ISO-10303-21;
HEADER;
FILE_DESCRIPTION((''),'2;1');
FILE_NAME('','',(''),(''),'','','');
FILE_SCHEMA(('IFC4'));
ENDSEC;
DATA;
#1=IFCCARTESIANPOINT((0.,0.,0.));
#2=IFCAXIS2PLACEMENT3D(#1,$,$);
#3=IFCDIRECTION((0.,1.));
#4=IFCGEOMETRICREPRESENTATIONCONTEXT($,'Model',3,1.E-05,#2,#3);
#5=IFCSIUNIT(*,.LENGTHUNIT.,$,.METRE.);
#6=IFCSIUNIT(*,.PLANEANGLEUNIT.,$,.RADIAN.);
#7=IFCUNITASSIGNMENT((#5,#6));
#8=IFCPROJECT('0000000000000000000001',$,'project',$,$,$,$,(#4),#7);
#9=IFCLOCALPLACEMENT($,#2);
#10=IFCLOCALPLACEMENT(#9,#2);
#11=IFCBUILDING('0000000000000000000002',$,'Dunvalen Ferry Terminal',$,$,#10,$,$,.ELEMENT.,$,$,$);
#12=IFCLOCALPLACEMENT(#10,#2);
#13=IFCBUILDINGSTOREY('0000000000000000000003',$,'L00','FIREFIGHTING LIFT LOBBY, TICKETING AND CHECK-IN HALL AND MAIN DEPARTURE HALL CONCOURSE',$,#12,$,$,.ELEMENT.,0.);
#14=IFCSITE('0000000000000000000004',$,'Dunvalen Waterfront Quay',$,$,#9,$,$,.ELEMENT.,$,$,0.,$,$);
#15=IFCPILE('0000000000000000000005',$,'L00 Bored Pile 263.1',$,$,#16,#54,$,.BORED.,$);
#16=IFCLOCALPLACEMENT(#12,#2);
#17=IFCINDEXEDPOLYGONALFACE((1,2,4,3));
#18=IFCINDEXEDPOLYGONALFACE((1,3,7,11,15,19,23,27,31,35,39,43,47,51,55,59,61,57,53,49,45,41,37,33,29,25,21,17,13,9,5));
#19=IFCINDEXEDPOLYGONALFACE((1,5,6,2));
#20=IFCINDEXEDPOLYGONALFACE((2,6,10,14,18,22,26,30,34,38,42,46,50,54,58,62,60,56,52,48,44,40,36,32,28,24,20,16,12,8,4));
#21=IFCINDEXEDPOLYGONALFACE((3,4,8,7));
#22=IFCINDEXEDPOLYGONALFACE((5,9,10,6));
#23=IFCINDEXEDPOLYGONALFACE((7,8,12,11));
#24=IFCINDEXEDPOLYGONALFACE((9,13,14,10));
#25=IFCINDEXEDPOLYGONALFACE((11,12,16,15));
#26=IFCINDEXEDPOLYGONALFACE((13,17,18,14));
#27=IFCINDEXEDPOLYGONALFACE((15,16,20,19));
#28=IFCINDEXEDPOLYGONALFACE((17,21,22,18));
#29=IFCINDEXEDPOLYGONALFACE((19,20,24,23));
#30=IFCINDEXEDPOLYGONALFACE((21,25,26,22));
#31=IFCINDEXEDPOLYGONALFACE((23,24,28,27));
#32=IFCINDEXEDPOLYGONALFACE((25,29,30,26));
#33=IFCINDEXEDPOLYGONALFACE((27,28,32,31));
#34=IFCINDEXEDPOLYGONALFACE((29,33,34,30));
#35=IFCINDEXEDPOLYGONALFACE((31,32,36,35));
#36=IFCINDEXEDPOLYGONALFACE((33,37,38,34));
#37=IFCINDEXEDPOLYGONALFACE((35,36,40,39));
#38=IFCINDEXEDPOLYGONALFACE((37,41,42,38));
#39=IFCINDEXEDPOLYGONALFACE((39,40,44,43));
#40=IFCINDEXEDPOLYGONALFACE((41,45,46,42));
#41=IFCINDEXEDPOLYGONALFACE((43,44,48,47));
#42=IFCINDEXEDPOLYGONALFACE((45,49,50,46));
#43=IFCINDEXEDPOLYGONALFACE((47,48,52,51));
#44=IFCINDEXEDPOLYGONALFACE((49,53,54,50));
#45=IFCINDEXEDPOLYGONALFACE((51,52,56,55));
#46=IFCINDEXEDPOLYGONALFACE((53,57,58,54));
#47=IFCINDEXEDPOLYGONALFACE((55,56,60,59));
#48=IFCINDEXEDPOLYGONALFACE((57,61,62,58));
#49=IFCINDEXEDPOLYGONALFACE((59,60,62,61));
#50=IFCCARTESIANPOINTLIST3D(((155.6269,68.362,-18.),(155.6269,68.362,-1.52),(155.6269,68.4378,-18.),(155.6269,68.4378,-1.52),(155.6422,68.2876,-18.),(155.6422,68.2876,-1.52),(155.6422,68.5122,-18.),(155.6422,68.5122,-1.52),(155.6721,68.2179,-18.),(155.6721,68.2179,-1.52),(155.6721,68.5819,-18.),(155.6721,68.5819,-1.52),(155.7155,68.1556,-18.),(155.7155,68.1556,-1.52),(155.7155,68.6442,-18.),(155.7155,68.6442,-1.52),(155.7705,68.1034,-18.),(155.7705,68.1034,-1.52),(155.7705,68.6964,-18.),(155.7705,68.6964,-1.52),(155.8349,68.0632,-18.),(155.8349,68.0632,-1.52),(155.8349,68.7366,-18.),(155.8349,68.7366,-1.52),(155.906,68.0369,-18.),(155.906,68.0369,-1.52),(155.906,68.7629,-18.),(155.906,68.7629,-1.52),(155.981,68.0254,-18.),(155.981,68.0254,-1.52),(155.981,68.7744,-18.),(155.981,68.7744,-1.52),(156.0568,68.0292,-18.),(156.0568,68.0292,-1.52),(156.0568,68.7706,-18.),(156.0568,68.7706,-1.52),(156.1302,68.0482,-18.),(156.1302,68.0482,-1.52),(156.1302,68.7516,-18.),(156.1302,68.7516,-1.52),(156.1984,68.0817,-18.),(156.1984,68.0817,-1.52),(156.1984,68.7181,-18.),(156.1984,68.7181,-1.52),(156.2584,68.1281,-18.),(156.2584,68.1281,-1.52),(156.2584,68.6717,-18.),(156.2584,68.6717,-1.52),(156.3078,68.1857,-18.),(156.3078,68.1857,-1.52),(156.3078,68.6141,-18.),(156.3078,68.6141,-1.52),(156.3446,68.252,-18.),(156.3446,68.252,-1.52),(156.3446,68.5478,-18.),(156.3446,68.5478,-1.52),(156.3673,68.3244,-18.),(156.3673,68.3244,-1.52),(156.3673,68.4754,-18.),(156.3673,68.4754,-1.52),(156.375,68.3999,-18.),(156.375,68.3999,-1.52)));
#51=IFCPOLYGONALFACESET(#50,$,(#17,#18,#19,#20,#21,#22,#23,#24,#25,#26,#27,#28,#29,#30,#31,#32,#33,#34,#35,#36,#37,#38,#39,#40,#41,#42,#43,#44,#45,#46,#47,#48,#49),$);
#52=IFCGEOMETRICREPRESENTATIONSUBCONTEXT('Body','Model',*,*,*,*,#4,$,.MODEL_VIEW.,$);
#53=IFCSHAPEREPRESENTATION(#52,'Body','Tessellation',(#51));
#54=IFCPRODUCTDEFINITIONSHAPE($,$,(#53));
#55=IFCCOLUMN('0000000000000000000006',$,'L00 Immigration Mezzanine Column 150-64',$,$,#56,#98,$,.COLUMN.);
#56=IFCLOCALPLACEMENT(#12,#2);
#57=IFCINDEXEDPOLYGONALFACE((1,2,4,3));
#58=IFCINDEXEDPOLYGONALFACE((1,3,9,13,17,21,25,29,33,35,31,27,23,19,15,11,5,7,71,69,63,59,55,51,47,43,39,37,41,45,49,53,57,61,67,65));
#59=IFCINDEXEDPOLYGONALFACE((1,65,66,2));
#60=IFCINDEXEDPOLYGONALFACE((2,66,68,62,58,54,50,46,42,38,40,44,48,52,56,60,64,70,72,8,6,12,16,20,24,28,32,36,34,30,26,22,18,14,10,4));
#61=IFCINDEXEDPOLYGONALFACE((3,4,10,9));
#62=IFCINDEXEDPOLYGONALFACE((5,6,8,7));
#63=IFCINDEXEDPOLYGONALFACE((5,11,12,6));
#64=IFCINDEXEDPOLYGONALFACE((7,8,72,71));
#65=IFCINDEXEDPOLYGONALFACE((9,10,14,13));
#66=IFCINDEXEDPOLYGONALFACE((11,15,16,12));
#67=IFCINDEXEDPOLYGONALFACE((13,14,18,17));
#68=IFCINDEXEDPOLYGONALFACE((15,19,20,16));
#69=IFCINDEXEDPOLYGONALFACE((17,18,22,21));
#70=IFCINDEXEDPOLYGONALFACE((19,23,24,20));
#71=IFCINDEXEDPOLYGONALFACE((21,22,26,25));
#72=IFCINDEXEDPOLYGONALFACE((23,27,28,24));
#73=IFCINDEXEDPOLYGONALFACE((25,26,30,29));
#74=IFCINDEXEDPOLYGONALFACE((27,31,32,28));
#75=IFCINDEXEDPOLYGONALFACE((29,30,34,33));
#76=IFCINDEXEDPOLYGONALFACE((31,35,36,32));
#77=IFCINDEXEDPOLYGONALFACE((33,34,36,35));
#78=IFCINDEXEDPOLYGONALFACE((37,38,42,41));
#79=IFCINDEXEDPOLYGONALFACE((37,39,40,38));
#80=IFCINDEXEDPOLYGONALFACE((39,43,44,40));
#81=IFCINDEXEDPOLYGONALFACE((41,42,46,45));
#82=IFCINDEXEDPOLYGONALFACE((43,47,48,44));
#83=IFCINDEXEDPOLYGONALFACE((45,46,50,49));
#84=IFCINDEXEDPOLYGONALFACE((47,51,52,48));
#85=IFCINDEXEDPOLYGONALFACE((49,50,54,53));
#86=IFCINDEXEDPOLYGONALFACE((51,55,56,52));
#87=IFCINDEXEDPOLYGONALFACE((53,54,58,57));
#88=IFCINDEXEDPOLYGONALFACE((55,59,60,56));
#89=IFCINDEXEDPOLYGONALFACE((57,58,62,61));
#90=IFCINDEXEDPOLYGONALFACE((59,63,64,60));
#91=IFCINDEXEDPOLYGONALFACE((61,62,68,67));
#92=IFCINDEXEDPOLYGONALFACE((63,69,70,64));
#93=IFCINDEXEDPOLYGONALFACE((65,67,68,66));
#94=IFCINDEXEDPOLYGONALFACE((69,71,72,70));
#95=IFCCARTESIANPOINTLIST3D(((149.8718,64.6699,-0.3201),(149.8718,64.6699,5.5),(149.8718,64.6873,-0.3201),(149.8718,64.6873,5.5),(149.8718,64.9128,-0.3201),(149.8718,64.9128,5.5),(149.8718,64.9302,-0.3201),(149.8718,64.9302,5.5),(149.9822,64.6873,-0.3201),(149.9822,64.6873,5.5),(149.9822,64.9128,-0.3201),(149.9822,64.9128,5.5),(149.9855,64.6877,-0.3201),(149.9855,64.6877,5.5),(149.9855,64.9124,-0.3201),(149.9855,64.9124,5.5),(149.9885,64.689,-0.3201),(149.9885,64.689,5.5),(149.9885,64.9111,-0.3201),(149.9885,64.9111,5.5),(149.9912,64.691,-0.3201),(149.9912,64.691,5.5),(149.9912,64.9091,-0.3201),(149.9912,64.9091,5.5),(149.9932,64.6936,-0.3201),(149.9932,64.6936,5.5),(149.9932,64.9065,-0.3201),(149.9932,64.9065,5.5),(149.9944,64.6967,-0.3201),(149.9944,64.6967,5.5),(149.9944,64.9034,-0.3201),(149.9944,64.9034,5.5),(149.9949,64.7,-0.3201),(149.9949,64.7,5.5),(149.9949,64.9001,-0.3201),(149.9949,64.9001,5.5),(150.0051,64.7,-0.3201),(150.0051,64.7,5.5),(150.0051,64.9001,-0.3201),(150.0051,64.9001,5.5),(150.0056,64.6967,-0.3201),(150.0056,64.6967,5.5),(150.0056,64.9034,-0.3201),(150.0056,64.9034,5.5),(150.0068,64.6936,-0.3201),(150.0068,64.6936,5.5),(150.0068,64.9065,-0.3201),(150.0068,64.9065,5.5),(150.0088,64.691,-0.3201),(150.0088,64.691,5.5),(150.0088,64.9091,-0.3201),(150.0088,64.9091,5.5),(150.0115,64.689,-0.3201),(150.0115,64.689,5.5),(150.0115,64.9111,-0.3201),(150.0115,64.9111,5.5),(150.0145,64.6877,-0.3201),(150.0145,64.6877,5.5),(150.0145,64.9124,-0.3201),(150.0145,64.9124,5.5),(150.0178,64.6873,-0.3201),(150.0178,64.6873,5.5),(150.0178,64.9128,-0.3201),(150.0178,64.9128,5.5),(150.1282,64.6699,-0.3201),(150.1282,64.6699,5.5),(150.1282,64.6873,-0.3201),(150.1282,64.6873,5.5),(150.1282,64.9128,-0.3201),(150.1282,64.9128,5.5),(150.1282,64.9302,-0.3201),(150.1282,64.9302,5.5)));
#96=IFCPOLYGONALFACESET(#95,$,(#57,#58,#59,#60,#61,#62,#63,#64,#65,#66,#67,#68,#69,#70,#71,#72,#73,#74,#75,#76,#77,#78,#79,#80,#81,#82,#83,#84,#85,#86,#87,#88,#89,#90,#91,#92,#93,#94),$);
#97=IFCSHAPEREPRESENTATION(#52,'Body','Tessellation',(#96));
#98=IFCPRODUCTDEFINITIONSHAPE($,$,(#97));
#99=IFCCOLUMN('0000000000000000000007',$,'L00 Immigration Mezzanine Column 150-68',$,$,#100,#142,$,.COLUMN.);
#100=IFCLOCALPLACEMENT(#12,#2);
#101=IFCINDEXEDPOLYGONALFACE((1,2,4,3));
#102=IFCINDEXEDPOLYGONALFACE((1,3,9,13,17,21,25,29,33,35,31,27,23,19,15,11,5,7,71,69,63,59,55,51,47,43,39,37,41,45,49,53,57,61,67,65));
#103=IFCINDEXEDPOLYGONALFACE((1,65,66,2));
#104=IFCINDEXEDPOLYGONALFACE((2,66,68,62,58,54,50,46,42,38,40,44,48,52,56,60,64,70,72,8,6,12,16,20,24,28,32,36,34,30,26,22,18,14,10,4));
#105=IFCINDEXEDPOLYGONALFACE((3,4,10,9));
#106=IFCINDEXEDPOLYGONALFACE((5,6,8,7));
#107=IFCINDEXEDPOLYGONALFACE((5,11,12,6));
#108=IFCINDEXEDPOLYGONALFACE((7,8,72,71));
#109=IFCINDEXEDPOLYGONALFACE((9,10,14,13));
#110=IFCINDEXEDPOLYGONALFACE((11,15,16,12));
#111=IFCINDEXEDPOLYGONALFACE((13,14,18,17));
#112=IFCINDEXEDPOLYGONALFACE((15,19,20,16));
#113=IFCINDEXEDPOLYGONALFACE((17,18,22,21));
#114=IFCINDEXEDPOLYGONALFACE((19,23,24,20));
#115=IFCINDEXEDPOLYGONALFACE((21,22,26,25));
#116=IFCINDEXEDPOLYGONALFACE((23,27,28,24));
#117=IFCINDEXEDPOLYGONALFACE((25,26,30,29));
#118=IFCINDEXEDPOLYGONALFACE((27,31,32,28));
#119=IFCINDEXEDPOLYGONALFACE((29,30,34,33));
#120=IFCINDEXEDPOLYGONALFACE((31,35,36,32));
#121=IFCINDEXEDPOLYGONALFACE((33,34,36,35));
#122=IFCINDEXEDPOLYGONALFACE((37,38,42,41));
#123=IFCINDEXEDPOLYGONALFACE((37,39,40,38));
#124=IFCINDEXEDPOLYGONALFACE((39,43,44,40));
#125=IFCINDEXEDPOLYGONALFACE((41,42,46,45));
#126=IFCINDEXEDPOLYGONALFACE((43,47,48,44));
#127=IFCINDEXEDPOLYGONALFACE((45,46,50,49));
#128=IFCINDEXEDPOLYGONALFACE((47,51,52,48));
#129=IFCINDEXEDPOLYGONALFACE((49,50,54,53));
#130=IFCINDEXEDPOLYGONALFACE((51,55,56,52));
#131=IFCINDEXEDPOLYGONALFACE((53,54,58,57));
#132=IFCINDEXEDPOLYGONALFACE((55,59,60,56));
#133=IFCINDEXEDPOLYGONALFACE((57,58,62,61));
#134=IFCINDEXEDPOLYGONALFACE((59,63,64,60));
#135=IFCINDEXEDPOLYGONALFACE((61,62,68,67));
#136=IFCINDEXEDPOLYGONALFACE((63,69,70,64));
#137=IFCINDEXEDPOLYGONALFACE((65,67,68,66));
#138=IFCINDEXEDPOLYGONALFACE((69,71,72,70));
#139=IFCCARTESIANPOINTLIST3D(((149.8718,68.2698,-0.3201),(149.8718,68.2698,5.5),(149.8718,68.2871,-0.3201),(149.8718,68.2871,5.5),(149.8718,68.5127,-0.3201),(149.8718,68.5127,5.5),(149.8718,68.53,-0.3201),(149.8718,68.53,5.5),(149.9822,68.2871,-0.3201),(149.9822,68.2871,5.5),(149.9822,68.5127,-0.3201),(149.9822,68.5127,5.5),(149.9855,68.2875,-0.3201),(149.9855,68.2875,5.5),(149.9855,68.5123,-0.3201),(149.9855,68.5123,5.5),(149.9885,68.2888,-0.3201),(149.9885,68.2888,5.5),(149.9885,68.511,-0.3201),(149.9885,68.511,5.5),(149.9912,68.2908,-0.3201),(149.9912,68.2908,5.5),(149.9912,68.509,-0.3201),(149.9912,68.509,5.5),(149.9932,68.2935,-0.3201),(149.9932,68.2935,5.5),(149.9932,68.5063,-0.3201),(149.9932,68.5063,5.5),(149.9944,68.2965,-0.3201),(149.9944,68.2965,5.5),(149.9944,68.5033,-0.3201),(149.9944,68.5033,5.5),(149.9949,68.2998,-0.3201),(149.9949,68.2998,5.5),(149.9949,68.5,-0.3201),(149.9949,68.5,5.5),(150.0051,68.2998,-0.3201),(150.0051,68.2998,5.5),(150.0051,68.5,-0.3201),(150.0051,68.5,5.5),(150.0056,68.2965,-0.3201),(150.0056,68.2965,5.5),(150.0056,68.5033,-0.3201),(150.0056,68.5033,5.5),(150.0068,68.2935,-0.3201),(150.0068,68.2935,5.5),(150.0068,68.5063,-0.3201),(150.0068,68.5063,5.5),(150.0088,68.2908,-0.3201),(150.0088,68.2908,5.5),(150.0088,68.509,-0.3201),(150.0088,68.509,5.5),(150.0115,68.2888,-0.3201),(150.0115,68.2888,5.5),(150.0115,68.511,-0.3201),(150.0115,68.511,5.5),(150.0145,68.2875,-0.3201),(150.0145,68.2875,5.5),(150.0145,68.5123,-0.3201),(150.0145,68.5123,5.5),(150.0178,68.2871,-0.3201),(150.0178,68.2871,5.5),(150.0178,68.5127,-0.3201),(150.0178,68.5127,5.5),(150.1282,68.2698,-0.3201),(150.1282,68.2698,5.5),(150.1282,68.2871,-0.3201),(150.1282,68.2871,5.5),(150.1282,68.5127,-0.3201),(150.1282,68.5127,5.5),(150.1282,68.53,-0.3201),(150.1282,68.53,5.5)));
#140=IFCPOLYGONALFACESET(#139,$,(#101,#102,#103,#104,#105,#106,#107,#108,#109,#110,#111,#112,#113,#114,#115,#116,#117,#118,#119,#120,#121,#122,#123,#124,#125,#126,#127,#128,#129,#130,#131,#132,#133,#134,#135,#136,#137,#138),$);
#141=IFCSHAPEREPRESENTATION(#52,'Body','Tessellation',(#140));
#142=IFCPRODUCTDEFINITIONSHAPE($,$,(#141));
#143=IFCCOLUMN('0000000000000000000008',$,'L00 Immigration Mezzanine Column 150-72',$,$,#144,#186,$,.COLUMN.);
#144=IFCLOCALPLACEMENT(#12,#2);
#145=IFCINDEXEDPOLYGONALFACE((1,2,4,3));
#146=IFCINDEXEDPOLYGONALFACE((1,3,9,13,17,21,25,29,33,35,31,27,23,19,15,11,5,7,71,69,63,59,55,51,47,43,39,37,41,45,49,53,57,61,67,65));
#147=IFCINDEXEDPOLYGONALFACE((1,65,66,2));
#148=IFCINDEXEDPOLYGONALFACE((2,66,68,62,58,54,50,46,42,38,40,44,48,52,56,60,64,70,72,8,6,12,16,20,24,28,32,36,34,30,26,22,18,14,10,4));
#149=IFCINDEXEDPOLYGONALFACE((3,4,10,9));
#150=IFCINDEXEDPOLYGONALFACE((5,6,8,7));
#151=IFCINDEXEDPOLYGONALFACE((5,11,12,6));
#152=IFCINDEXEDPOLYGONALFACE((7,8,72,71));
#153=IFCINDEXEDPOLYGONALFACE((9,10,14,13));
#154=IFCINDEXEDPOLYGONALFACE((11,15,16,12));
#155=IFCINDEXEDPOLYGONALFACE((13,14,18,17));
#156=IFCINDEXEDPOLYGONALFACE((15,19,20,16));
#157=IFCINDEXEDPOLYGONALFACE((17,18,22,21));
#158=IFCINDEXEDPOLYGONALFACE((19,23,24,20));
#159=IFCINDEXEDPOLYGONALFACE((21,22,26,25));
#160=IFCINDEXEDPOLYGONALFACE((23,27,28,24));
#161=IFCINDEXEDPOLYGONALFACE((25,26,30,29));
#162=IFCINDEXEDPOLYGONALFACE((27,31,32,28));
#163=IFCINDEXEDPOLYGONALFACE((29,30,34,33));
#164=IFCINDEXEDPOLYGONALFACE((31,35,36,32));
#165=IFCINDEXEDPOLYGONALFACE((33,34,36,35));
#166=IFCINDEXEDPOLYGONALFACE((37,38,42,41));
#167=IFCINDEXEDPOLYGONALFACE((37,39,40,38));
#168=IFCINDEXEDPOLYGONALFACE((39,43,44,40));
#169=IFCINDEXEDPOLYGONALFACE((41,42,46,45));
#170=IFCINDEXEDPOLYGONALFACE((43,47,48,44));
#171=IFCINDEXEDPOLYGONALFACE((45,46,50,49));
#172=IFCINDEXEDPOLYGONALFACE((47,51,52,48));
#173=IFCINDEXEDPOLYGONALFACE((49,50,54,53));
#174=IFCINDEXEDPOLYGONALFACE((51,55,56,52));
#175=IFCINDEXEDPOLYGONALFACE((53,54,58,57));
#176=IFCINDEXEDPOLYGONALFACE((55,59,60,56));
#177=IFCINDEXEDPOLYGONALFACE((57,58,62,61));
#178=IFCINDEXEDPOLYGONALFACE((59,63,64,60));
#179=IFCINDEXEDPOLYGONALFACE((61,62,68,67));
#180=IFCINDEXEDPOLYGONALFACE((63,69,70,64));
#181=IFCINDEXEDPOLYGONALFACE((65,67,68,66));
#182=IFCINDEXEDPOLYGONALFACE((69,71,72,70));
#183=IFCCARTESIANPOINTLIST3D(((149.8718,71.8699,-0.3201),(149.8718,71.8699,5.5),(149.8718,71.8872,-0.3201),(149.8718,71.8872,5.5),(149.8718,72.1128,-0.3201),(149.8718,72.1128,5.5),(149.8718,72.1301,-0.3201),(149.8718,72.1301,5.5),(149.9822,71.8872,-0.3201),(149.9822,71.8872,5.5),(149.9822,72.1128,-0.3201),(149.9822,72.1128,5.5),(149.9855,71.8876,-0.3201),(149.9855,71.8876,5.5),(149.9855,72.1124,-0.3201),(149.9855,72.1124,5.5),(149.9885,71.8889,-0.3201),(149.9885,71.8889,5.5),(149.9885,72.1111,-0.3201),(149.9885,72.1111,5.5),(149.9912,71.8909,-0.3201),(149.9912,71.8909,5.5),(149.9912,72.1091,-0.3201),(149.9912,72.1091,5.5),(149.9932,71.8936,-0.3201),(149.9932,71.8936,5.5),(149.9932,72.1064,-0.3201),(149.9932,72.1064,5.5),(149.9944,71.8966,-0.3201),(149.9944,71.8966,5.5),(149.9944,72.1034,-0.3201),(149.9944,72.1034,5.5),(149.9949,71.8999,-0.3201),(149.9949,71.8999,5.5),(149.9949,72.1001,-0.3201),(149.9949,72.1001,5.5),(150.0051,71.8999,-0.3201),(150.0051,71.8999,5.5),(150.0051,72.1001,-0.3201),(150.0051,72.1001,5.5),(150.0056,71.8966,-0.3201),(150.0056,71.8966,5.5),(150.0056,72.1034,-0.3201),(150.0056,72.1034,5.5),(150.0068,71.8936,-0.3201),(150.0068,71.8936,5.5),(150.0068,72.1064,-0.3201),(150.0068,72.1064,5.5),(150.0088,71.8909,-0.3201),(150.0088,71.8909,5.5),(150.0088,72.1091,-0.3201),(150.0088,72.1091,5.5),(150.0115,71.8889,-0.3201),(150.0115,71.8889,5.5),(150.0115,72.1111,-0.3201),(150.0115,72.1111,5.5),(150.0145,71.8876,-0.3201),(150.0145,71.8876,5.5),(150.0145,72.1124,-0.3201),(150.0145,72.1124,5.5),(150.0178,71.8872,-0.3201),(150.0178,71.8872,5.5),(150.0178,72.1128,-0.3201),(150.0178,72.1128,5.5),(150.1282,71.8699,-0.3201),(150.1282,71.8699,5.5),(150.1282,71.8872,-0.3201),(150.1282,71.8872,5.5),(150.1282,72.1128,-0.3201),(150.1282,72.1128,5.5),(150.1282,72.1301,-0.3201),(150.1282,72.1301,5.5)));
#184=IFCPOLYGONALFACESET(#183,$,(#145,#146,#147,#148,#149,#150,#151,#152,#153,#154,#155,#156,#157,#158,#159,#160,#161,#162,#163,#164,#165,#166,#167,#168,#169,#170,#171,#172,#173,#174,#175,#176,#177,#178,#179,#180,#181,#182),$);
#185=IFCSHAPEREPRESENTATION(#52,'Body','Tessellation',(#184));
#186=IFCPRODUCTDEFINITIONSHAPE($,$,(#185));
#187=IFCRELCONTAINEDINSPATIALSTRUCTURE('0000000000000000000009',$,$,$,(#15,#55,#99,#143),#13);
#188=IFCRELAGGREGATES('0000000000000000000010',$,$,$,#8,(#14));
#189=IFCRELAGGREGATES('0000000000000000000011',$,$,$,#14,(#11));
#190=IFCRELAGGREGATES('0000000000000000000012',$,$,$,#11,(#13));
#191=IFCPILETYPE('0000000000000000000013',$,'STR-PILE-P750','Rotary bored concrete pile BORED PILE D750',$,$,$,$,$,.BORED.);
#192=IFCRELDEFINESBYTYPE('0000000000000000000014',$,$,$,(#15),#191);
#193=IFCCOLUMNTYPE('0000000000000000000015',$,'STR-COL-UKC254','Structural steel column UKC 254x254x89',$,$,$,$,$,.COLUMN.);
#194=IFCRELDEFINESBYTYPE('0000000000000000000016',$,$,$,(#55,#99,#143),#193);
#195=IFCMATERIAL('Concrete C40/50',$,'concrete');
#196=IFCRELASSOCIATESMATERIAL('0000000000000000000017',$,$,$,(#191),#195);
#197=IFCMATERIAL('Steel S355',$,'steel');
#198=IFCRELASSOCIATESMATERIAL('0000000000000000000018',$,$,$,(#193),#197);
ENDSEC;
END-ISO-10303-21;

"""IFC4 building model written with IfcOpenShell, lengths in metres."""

from ifc_helpers import new_model, si_unit, direction, frame, origin, origin_2d, place, context, subcontext, project, spatial, circle, i_section, extrude, material, material_profile, profile_set, type_object, element, save


model = new_model("IFC4")

# Units and contexts
model_context = context("Model", 3, precision=1e-05, world=origin(), true_north=direction((0.0, 1.0)))
body_context = subcontext(model_context, "Body", "Model", "MODEL_VIEW")
ifc_project = project(units=[si_unit("LENGTHUNIT", "METRE"), si_unit("PLANEANGLEUNIT", "RADIAN")], contexts=[model_context])

# Site, building, storey
site_placement = place(None, origin())
site = spatial("IfcSite", under=ifc_project, at=site_placement, Name="Dunvalen Waterfront Quay", CompositionType="ELEMENT", RefElevation=0.0)
building_placement = place(site_placement, origin())
building = spatial("IfcBuilding", under=site, at=building_placement, Name="Dunvalen Ferry Terminal", CompositionType="ELEMENT")
storey_placement = place(building_placement, origin())
storey = spatial("IfcBuildingStorey", under=building, at=storey_placement, Name="L00", Description="FIREFIGHTING LIFT LOBBY, TICKETING AND CHECK-IN HALL AND MAIN DEPARTURE HALL CONCOURSE", CompositionType="ELEMENT", Elevation=0.0)

# Shared definitions
ifc_material_1 = material(Name="Concrete C40/50", Category="concrete")

# Pile
ifc_material_profile_1 = material_profile(ifc_material_1, circle(Radius=0.375, at=origin_2d()), Name="Concrete C40/50")
ifc_profile_set_1 = profile_set([ifc_material_profile_1], Name="Concrete C40/50")
pile_type = type_object("IfcPileType", Name="STR-PILE-P750", Description="Rotary bored concrete pile BORED PILE D750", PredefinedType="BORED", material=ifc_profile_set_1)
pile_1_placement = place(storey_placement, frame((156.0, 68.3999, -1.52), z_axis=(0.0, 0.0, -1.0), x_axis=(1.0, 0.0, 0.0)))
element("IfcPile", 1, at=pile_1_placement, inside=storey, type_object=pile_type, Name="L00 Bored Pile 263.1", PredefinedType="BORED", context=body_context, shape_type="SweptSolid", body=[
    extrude(circle(Radius=0.375, at=origin_2d()), origin(), (0.0, 0.0, 1.0), 16.48),
])

# Columns
ifc_material_2 = material(Name="Steel S355", Category="steel")
ifc_material_profile_2 = material_profile(ifc_material_2, i_section(OverallWidth=0.2563, OverallDepth=0.2603, WebThickness=0.0103, FlangeThickness=0.0173, FilletRadius=0.0127, at=origin_2d()), Name="Steel S355")
ifc_profile_set_2 = profile_set([ifc_material_profile_2], Name="Steel S355")
column_type = type_object("IfcColumnType", Name="STR-COL-UKC254", Description="Structural steel column UKC 254x254x89", PredefinedType="COLUMN", material=ifc_profile_set_2)
for number, where, z_axis, x_axis, name in (
    (2, (150.0, 64.8, -0.3201), (0.0, 0.0, 1.0), (1.0, 0.0, 0.0), "L00 Immigration Mezzanine Column 150-64"),
    (3, (150.0, 68.3999, -0.3201), (0.0, 0.0, 1.0), (1.0, 0.0, 0.0), "L00 Immigration Mezzanine Column 150-68"),
    (4, (150.0, 72.0, -0.3201), (0.0, 0.0, 1.0), (1.0, 0.0, 0.0), "L00 Immigration Mezzanine Column 150-72"),
):
    element("IfcColumn", number, at=place(storey_placement, frame(where, z_axis=z_axis, x_axis=x_axis)), inside=storey, type_object=column_type, Name=name, PredefinedType="COLUMN", context=body_context, shape_type="SweptSolid", body=[
        extrude(i_section(OverallWidth=0.2563, OverallDepth=0.2603, WebThickness=0.0103, FlangeThickness=0.0173, FilletRadius=0.0127, at=origin_2d()), origin(), (0.0, 0.0, 1.0), 5.8201),
    ])

save(model, "model.ifc")
